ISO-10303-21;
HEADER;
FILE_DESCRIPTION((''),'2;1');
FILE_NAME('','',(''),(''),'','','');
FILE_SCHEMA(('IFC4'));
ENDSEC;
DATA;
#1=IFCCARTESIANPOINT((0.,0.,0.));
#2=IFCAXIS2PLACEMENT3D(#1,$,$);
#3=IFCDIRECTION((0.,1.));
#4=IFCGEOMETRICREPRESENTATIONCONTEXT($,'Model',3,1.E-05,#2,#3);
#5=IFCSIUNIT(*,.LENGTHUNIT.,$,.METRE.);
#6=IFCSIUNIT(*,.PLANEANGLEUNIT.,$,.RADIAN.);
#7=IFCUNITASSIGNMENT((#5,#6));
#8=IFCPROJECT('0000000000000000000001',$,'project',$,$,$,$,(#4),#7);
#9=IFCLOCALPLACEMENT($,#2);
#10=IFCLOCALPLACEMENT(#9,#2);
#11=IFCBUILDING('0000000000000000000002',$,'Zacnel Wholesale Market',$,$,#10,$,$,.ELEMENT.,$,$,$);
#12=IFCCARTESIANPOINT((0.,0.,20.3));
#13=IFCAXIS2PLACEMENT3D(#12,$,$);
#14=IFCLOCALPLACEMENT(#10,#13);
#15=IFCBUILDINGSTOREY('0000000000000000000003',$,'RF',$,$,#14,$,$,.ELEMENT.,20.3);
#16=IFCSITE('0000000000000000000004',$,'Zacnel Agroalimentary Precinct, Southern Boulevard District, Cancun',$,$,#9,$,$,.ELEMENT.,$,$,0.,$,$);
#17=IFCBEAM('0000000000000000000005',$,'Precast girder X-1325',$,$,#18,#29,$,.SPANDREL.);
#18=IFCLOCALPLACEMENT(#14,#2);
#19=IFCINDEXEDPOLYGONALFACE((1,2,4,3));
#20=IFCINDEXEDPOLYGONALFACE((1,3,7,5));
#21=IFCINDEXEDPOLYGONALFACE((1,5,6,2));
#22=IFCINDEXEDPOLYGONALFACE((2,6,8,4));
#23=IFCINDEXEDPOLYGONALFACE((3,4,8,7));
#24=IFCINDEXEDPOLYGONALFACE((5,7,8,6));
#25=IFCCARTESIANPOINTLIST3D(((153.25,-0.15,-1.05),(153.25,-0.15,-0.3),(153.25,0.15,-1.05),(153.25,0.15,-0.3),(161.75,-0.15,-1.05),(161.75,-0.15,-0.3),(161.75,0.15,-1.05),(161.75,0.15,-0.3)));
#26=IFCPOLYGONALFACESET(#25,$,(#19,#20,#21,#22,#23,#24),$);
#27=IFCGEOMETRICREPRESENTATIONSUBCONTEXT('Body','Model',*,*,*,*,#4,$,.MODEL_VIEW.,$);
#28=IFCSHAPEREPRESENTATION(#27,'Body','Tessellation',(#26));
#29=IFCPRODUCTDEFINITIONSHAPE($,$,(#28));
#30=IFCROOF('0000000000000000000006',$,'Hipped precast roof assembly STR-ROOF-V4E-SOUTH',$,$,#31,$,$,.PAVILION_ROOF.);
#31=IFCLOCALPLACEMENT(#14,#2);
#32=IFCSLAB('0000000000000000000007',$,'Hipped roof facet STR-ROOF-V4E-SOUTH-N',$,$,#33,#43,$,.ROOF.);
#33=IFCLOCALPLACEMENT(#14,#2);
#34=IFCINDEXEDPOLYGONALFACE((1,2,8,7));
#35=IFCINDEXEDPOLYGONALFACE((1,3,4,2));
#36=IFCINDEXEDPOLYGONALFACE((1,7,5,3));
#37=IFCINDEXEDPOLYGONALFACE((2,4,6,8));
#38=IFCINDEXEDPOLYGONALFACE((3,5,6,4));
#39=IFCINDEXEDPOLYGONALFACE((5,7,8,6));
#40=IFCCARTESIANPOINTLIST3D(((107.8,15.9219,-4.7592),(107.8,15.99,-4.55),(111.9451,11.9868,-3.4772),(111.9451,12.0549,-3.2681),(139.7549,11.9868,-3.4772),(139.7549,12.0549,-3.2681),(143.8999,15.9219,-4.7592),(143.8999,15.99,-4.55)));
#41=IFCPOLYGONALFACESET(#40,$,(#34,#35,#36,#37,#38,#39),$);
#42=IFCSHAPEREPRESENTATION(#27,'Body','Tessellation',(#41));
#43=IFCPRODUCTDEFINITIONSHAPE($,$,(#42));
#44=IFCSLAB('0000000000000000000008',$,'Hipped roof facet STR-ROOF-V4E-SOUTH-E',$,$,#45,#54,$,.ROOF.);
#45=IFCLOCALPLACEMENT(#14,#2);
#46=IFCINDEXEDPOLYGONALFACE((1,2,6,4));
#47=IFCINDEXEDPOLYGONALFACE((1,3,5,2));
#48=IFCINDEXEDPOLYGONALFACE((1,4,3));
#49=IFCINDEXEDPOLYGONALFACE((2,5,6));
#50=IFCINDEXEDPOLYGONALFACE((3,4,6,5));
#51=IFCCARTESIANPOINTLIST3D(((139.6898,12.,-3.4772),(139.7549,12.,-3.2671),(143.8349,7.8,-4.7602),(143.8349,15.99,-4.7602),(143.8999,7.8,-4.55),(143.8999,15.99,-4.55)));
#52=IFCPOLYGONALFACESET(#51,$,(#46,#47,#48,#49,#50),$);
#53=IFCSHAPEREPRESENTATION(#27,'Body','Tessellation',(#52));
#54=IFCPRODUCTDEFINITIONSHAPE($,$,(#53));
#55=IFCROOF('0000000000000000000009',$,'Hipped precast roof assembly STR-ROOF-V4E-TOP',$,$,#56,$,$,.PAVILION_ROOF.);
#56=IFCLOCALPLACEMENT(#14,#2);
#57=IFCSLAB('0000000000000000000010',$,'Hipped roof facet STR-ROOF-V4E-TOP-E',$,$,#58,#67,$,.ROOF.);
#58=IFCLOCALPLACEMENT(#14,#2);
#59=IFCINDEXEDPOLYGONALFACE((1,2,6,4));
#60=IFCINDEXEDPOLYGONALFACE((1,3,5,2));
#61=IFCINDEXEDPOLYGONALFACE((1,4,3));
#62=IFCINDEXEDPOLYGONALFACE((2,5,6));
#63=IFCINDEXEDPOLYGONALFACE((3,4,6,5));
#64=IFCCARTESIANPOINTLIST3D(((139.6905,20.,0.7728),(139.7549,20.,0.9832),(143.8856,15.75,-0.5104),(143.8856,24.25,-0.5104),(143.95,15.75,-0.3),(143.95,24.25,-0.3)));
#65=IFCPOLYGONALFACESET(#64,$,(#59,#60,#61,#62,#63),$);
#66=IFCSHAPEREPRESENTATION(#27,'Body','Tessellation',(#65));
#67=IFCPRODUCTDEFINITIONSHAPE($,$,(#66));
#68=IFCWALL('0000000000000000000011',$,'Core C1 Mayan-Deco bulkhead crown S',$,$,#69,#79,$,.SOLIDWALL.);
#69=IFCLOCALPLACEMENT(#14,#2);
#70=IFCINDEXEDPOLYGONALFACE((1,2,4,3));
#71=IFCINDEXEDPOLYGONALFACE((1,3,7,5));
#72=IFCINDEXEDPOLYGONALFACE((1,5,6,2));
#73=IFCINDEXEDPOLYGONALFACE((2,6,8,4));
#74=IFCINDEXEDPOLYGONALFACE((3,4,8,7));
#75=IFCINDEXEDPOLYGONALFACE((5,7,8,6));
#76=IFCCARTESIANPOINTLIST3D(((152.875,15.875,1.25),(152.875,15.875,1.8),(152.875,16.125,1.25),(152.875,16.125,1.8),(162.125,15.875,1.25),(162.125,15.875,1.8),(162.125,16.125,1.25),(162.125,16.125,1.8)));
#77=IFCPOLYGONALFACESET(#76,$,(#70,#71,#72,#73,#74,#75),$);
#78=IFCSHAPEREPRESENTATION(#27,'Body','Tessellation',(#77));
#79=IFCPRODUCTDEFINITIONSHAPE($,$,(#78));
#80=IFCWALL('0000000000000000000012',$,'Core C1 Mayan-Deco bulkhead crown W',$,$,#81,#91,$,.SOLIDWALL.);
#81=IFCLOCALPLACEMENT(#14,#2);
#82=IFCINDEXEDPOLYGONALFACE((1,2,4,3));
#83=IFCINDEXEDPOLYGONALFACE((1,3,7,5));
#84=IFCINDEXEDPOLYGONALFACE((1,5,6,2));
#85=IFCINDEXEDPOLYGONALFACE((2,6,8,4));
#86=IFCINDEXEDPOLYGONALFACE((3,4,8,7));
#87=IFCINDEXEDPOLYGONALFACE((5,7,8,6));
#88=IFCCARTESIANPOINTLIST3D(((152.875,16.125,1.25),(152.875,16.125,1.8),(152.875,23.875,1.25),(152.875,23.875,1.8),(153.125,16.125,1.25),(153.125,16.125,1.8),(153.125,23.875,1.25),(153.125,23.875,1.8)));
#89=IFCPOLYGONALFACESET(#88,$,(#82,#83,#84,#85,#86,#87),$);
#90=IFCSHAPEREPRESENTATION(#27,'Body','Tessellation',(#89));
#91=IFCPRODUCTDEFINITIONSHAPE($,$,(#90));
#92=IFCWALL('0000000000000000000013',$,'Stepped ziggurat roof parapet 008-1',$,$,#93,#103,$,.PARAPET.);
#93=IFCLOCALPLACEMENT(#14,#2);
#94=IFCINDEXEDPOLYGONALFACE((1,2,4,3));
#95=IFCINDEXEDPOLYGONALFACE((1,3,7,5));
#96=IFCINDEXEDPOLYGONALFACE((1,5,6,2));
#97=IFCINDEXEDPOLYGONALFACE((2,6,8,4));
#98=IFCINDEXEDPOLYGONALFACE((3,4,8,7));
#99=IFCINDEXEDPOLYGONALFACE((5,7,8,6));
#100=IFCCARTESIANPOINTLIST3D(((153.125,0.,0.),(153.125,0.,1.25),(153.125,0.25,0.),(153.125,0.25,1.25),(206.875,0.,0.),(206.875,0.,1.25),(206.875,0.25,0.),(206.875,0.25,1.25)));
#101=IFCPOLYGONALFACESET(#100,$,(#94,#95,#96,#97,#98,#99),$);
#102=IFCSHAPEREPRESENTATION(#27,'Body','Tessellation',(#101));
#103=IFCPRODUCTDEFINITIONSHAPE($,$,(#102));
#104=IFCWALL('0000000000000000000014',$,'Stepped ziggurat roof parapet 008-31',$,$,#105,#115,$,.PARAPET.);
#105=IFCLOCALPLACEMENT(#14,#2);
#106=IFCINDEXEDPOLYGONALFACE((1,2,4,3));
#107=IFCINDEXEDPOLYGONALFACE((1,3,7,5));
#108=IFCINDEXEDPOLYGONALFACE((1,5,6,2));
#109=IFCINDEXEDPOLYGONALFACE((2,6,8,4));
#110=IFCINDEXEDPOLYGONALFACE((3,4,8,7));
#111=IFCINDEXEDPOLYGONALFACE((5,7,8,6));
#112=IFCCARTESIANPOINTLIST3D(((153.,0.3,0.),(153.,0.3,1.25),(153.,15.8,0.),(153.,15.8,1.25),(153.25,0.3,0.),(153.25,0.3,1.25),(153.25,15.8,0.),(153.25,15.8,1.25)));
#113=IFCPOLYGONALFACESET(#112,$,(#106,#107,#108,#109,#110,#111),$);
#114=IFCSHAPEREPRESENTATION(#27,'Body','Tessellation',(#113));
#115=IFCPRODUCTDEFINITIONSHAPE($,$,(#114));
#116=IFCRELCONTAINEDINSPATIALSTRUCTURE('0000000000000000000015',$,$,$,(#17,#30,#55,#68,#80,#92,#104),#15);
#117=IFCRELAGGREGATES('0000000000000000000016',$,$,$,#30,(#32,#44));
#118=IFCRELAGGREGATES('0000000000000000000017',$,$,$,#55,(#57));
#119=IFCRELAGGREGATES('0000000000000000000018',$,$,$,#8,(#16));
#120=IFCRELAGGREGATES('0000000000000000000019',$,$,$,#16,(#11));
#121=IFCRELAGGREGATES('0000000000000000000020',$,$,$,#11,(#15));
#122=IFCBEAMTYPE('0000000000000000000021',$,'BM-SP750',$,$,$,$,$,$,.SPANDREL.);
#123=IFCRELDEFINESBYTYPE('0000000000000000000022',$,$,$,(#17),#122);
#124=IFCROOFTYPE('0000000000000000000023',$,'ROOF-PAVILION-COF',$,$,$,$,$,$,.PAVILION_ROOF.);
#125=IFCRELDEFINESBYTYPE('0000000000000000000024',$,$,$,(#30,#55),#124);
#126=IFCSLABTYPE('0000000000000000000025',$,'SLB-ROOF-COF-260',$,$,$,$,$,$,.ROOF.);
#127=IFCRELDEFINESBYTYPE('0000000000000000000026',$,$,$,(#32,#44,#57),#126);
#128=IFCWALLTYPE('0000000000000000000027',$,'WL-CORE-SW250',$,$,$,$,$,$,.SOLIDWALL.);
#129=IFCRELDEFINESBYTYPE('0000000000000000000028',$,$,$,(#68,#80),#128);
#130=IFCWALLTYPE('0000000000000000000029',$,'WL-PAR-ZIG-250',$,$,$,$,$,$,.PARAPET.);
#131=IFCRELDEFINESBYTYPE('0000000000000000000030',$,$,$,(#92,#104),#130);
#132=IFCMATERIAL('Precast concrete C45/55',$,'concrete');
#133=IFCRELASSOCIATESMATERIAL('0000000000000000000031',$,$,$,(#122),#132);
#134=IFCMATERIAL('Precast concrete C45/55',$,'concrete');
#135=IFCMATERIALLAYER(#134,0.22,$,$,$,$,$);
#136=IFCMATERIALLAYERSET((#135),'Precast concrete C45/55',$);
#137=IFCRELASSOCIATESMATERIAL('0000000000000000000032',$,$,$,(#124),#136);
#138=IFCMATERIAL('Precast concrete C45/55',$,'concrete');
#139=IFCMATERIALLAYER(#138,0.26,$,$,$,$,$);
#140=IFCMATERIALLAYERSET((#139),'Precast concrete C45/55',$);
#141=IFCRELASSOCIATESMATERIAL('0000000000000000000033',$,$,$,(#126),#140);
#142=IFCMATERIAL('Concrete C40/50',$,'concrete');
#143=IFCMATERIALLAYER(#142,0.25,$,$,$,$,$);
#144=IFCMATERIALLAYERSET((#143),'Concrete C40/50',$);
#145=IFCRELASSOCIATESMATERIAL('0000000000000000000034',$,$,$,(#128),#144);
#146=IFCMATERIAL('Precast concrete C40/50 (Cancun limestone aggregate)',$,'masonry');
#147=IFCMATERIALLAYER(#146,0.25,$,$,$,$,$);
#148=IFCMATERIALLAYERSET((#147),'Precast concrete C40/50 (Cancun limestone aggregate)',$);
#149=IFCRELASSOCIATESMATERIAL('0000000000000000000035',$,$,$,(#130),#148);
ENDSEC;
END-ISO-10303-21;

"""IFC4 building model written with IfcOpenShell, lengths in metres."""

from ifc_helpers import new_model, si_unit, direction, frame, frame_2d, origin, origin_2d, place, context, subcontext, project, spatial, polyline, rectangle, outline, extrude, material, layer, layer_set, material_profile, profile_set, type_object, element, aggregate, save


model = new_model("IFC4")

# Units and contexts
model_context = context("Model", 3, precision=1e-05, world=origin(), true_north=direction((0.0, 1.0)))
body_context = subcontext(model_context, "Body", "Model", "MODEL_VIEW")
ifc_project = project(units=[si_unit("LENGTHUNIT", "METRE"), si_unit("PLANEANGLEUNIT", "RADIAN")], contexts=[model_context])

# Site, building, storey
site_placement = place(None, origin())
site = spatial("IfcSite", under=ifc_project, at=site_placement, Name="Zacnel Agroalimentary Precinct, Southern Boulevard District, Cancun", CompositionType="ELEMENT", RefElevation=0.0)
building_placement = place(site_placement, origin())
building = spatial("IfcBuilding", under=site, at=building_placement, Name="Zacnel Wholesale Market", CompositionType="ELEMENT")
storey_placement = place(building_placement, frame((0.0, 0.0, 20.3)))
storey = spatial("IfcBuildingStorey", under=building, at=storey_placement, Name="RF", CompositionType="ELEMENT", Elevation=20.3)

# Beam
ifc_material_1 = material(Name="Precast concrete C45/55", Category="concrete")
ifc_material_profile_1 = material_profile(ifc_material_1, rectangle(XDim=0.3, YDim=0.75, at=origin_2d()), Name="SP 300x750")
ifc_profile_set_1 = profile_set([ifc_material_profile_1], Name="Precast concrete C45/55")
beam_type_1 = type_object("IfcBeamType", Name="BM-SP750", PredefinedType="SPANDREL", material=ifc_profile_set_1)
beam_placement = place(storey_placement, frame((153.25, 0.0, -0.675), z_axis=(1.0, 0.0, 0.0), x_axis=(0.0, 1.0, 0.0)))
element("IfcBeam", 1, at=beam_placement, inside=storey, type_object=beam_type_1, Name="Precast girder X-1325", PredefinedType="SPANDREL", context=body_context, shape_type="SweptSolid", body=[
    extrude(rectangle(XDim=0.3, YDim=0.75, at=origin_2d()), origin(), (0.0, 0.0, 1.0), 8.5),
])

# Roof, slabs
ifc_material_2 = material(Name="Precast concrete C45/55", Category="concrete")
ifc_layer_1 = layer(ifc_material_2, 0.22)
ifc_layer_set_1 = layer_set([ifc_layer_1], Name="Precast concrete C45/55")
roof_type = type_object("IfcRoofType", Name="ROOF-PAVILION-COF", PredefinedType="PAVILION_ROOF", material=ifc_layer_set_1)
roof_1_placement = place(storey_placement, origin())
roof_1 = element("IfcRoof", 2, at=roof_1_placement, inside=storey, type_object=roof_type, Name="Hipped precast roof assembly STR-ROOF-V4E-SOUTH", PredefinedType="PAVILION_ROOF")
ifc_material_3 = material(Name="Precast concrete C45/55", Category="concrete")
ifc_layer_2 = layer(ifc_material_3, 0.26)
ifc_layer_set_2 = layer_set([ifc_layer_2], Name="Precast concrete C45/55")
slab_type = type_object("IfcSlabType", Name="SLB-ROOF-COF-260", PredefinedType="ROOF", material=ifc_layer_set_2)
slab_1_placement = place(storey_placement, frame((143.8999, 15.99, -4.55), z_axis=(0.0, 0.309761, 0.950814), x_axis=(-1.0, 0.0, 0.0)))
slab_1 = element("IfcSlab", 3, at=slab_1_placement, type_object=slab_type, Name="Hipped roof facet STR-ROOF-V4E-SOUTH-N", PredefinedType="ROOF", context=body_context, shape_type="SweptSolid", body=[
    extrude(outline(polyline([(0.0, 0.0), (36.0999, 0.0), (31.9548, 4.1386), (4.145, 4.1386), (0.0, 0.0)])), origin(), (0.0, 0.0, -1.0), 0.22),
])
slab_2_placement = place(storey_placement, frame((143.8999, 7.8, -4.55), z_axis=(0.295679, 0.0, 0.955287), x_axis=(0.0, 1.0, 0.0)))
slab_2 = element("IfcSlab", 4, at=slab_2_placement, type_object=slab_type, Name="Hipped roof facet STR-ROOF-V4E-SOUTH-E", PredefinedType="ROOF", context=body_context, shape_type="SweptSolid", body=[
    extrude(outline(polyline([(0.0, 0.0), (8.1899, 0.0), (4.2, 4.339), (0.0, 0.0)])), origin(), (0.0, 0.0, -1.0), 0.22),
])
aggregate(roof_1, [slab_1, slab_2])

# Roof, slab
roof_2_placement = place(storey_placement, origin())
roof_2 = element("IfcRoof", 5, at=roof_2_placement, inside=storey, type_object=roof_type, Name="Hipped precast roof assembly STR-ROOF-V4E-TOP", PredefinedType="PAVILION_ROOF")
slab_3_placement = place(storey_placement, frame((143.95, 15.75, -0.3), z_axis=(0.292506, 0.0, 0.956264), x_axis=(0.0, 1.0, 0.0)))
slab_3 = element("IfcSlab", 6, at=slab_3_placement, type_object=slab_type, Name="Hipped roof facet STR-ROOF-V4E-TOP-E", PredefinedType="ROOF", context=body_context, shape_type="SweptSolid", body=[
    extrude(outline(polyline([(0.0, 0.0), (8.5, 0.0), (4.25, 4.3869), (0.0, 0.0)])), origin(), (0.0, 0.0, -1.0), 0.22),
])
aggregate(roof_2, [slab_3])

# Walls
ifc_material_4 = material(Name="Concrete C40/50", Category="concrete")
ifc_layer_3 = layer(ifc_material_4, 0.25)
ifc_layer_set_3 = layer_set([ifc_layer_3], Name="Concrete C40/50")
wall_type_1 = type_object("IfcWallType", Name="WL-CORE-SW250", PredefinedType="SOLIDWALL", material=ifc_layer_set_3)
wall_1_placement = place(storey_placement, frame((152.875, 16.0, 1.25), z_axis=(0.0, 0.0, 1.0), x_axis=(1.0, 0.0, 0.0)))
element("IfcWall", 7, at=wall_1_placement, inside=storey, type_object=wall_type_1, Name="Core C1 Mayan-Deco bulkhead crown S", PredefinedType="SOLIDWALL", context=body_context, shape_type="SweptSolid", body=[
    extrude(rectangle(XDim=9.25, YDim=0.25, at=frame_2d((4.625, 0.0))), origin(), (0.0, 0.0, 1.0), 0.55),
])
wall_2_placement = place(storey_placement, frame((153.0, 16.125, 1.25), z_axis=(0.0, 0.0, 1.0), x_axis=(0.0, 1.0, 0.0)))
element("IfcWall", 8, at=wall_2_placement, inside=storey, type_object=wall_type_1, Name="Core C1 Mayan-Deco bulkhead crown W", PredefinedType="SOLIDWALL", context=body_context, shape_type="SweptSolid", body=[
    extrude(rectangle(XDim=7.75, YDim=0.25, at=frame_2d((3.875, 0.0))), origin(), (0.0, 0.0, 1.0), 0.55),
])
ifc_material_5 = material(Name="Precast concrete C40/50 (Cancun limestone aggregate)", Category="masonry")
ifc_layer_4 = layer(ifc_material_5, 0.25)
ifc_layer_set_4 = layer_set([ifc_layer_4], Name="Precast concrete C40/50 (Cancun limestone aggregate)")
wall_type_2 = type_object("IfcWallType", Name="WL-PAR-ZIG-250", PredefinedType="PARAPET", material=ifc_layer_set_4)
wall_3_placement = place(storey_placement, frame((153.125, 0.125, 0.0), z_axis=(0.0, 0.0, 1.0), x_axis=(1.0, 0.0, 0.0)))
element("IfcWall", 9, at=wall_3_placement, inside=storey, type_object=wall_type_2, Name="Stepped ziggurat roof parapet 008-1", PredefinedType="PARAPET", context=body_context, shape_type="SweptSolid", body=[
    extrude(rectangle(XDim=53.75, YDim=0.25, at=frame_2d((26.875, 0.0))), origin(), (0.0, 0.0, 1.0), 1.25),
])
wall_4_placement = place(storey_placement, frame((153.125, 0.3, 0.0), z_axis=(0.0, 0.0, 1.0), x_axis=(0.0, 1.0, 0.0)))
element("IfcWall", 10, at=wall_4_placement, inside=storey, type_object=wall_type_2, Name="Stepped ziggurat roof parapet 008-31", PredefinedType="PARAPET", context=body_context, shape_type="SweptSolid", body=[
    extrude(rectangle(XDim=15.5, YDim=0.25, at=frame_2d((7.75, 0.0))), origin(), (0.0, 0.0, 1.0), 1.25),
])

save(model, "model.ifc")
